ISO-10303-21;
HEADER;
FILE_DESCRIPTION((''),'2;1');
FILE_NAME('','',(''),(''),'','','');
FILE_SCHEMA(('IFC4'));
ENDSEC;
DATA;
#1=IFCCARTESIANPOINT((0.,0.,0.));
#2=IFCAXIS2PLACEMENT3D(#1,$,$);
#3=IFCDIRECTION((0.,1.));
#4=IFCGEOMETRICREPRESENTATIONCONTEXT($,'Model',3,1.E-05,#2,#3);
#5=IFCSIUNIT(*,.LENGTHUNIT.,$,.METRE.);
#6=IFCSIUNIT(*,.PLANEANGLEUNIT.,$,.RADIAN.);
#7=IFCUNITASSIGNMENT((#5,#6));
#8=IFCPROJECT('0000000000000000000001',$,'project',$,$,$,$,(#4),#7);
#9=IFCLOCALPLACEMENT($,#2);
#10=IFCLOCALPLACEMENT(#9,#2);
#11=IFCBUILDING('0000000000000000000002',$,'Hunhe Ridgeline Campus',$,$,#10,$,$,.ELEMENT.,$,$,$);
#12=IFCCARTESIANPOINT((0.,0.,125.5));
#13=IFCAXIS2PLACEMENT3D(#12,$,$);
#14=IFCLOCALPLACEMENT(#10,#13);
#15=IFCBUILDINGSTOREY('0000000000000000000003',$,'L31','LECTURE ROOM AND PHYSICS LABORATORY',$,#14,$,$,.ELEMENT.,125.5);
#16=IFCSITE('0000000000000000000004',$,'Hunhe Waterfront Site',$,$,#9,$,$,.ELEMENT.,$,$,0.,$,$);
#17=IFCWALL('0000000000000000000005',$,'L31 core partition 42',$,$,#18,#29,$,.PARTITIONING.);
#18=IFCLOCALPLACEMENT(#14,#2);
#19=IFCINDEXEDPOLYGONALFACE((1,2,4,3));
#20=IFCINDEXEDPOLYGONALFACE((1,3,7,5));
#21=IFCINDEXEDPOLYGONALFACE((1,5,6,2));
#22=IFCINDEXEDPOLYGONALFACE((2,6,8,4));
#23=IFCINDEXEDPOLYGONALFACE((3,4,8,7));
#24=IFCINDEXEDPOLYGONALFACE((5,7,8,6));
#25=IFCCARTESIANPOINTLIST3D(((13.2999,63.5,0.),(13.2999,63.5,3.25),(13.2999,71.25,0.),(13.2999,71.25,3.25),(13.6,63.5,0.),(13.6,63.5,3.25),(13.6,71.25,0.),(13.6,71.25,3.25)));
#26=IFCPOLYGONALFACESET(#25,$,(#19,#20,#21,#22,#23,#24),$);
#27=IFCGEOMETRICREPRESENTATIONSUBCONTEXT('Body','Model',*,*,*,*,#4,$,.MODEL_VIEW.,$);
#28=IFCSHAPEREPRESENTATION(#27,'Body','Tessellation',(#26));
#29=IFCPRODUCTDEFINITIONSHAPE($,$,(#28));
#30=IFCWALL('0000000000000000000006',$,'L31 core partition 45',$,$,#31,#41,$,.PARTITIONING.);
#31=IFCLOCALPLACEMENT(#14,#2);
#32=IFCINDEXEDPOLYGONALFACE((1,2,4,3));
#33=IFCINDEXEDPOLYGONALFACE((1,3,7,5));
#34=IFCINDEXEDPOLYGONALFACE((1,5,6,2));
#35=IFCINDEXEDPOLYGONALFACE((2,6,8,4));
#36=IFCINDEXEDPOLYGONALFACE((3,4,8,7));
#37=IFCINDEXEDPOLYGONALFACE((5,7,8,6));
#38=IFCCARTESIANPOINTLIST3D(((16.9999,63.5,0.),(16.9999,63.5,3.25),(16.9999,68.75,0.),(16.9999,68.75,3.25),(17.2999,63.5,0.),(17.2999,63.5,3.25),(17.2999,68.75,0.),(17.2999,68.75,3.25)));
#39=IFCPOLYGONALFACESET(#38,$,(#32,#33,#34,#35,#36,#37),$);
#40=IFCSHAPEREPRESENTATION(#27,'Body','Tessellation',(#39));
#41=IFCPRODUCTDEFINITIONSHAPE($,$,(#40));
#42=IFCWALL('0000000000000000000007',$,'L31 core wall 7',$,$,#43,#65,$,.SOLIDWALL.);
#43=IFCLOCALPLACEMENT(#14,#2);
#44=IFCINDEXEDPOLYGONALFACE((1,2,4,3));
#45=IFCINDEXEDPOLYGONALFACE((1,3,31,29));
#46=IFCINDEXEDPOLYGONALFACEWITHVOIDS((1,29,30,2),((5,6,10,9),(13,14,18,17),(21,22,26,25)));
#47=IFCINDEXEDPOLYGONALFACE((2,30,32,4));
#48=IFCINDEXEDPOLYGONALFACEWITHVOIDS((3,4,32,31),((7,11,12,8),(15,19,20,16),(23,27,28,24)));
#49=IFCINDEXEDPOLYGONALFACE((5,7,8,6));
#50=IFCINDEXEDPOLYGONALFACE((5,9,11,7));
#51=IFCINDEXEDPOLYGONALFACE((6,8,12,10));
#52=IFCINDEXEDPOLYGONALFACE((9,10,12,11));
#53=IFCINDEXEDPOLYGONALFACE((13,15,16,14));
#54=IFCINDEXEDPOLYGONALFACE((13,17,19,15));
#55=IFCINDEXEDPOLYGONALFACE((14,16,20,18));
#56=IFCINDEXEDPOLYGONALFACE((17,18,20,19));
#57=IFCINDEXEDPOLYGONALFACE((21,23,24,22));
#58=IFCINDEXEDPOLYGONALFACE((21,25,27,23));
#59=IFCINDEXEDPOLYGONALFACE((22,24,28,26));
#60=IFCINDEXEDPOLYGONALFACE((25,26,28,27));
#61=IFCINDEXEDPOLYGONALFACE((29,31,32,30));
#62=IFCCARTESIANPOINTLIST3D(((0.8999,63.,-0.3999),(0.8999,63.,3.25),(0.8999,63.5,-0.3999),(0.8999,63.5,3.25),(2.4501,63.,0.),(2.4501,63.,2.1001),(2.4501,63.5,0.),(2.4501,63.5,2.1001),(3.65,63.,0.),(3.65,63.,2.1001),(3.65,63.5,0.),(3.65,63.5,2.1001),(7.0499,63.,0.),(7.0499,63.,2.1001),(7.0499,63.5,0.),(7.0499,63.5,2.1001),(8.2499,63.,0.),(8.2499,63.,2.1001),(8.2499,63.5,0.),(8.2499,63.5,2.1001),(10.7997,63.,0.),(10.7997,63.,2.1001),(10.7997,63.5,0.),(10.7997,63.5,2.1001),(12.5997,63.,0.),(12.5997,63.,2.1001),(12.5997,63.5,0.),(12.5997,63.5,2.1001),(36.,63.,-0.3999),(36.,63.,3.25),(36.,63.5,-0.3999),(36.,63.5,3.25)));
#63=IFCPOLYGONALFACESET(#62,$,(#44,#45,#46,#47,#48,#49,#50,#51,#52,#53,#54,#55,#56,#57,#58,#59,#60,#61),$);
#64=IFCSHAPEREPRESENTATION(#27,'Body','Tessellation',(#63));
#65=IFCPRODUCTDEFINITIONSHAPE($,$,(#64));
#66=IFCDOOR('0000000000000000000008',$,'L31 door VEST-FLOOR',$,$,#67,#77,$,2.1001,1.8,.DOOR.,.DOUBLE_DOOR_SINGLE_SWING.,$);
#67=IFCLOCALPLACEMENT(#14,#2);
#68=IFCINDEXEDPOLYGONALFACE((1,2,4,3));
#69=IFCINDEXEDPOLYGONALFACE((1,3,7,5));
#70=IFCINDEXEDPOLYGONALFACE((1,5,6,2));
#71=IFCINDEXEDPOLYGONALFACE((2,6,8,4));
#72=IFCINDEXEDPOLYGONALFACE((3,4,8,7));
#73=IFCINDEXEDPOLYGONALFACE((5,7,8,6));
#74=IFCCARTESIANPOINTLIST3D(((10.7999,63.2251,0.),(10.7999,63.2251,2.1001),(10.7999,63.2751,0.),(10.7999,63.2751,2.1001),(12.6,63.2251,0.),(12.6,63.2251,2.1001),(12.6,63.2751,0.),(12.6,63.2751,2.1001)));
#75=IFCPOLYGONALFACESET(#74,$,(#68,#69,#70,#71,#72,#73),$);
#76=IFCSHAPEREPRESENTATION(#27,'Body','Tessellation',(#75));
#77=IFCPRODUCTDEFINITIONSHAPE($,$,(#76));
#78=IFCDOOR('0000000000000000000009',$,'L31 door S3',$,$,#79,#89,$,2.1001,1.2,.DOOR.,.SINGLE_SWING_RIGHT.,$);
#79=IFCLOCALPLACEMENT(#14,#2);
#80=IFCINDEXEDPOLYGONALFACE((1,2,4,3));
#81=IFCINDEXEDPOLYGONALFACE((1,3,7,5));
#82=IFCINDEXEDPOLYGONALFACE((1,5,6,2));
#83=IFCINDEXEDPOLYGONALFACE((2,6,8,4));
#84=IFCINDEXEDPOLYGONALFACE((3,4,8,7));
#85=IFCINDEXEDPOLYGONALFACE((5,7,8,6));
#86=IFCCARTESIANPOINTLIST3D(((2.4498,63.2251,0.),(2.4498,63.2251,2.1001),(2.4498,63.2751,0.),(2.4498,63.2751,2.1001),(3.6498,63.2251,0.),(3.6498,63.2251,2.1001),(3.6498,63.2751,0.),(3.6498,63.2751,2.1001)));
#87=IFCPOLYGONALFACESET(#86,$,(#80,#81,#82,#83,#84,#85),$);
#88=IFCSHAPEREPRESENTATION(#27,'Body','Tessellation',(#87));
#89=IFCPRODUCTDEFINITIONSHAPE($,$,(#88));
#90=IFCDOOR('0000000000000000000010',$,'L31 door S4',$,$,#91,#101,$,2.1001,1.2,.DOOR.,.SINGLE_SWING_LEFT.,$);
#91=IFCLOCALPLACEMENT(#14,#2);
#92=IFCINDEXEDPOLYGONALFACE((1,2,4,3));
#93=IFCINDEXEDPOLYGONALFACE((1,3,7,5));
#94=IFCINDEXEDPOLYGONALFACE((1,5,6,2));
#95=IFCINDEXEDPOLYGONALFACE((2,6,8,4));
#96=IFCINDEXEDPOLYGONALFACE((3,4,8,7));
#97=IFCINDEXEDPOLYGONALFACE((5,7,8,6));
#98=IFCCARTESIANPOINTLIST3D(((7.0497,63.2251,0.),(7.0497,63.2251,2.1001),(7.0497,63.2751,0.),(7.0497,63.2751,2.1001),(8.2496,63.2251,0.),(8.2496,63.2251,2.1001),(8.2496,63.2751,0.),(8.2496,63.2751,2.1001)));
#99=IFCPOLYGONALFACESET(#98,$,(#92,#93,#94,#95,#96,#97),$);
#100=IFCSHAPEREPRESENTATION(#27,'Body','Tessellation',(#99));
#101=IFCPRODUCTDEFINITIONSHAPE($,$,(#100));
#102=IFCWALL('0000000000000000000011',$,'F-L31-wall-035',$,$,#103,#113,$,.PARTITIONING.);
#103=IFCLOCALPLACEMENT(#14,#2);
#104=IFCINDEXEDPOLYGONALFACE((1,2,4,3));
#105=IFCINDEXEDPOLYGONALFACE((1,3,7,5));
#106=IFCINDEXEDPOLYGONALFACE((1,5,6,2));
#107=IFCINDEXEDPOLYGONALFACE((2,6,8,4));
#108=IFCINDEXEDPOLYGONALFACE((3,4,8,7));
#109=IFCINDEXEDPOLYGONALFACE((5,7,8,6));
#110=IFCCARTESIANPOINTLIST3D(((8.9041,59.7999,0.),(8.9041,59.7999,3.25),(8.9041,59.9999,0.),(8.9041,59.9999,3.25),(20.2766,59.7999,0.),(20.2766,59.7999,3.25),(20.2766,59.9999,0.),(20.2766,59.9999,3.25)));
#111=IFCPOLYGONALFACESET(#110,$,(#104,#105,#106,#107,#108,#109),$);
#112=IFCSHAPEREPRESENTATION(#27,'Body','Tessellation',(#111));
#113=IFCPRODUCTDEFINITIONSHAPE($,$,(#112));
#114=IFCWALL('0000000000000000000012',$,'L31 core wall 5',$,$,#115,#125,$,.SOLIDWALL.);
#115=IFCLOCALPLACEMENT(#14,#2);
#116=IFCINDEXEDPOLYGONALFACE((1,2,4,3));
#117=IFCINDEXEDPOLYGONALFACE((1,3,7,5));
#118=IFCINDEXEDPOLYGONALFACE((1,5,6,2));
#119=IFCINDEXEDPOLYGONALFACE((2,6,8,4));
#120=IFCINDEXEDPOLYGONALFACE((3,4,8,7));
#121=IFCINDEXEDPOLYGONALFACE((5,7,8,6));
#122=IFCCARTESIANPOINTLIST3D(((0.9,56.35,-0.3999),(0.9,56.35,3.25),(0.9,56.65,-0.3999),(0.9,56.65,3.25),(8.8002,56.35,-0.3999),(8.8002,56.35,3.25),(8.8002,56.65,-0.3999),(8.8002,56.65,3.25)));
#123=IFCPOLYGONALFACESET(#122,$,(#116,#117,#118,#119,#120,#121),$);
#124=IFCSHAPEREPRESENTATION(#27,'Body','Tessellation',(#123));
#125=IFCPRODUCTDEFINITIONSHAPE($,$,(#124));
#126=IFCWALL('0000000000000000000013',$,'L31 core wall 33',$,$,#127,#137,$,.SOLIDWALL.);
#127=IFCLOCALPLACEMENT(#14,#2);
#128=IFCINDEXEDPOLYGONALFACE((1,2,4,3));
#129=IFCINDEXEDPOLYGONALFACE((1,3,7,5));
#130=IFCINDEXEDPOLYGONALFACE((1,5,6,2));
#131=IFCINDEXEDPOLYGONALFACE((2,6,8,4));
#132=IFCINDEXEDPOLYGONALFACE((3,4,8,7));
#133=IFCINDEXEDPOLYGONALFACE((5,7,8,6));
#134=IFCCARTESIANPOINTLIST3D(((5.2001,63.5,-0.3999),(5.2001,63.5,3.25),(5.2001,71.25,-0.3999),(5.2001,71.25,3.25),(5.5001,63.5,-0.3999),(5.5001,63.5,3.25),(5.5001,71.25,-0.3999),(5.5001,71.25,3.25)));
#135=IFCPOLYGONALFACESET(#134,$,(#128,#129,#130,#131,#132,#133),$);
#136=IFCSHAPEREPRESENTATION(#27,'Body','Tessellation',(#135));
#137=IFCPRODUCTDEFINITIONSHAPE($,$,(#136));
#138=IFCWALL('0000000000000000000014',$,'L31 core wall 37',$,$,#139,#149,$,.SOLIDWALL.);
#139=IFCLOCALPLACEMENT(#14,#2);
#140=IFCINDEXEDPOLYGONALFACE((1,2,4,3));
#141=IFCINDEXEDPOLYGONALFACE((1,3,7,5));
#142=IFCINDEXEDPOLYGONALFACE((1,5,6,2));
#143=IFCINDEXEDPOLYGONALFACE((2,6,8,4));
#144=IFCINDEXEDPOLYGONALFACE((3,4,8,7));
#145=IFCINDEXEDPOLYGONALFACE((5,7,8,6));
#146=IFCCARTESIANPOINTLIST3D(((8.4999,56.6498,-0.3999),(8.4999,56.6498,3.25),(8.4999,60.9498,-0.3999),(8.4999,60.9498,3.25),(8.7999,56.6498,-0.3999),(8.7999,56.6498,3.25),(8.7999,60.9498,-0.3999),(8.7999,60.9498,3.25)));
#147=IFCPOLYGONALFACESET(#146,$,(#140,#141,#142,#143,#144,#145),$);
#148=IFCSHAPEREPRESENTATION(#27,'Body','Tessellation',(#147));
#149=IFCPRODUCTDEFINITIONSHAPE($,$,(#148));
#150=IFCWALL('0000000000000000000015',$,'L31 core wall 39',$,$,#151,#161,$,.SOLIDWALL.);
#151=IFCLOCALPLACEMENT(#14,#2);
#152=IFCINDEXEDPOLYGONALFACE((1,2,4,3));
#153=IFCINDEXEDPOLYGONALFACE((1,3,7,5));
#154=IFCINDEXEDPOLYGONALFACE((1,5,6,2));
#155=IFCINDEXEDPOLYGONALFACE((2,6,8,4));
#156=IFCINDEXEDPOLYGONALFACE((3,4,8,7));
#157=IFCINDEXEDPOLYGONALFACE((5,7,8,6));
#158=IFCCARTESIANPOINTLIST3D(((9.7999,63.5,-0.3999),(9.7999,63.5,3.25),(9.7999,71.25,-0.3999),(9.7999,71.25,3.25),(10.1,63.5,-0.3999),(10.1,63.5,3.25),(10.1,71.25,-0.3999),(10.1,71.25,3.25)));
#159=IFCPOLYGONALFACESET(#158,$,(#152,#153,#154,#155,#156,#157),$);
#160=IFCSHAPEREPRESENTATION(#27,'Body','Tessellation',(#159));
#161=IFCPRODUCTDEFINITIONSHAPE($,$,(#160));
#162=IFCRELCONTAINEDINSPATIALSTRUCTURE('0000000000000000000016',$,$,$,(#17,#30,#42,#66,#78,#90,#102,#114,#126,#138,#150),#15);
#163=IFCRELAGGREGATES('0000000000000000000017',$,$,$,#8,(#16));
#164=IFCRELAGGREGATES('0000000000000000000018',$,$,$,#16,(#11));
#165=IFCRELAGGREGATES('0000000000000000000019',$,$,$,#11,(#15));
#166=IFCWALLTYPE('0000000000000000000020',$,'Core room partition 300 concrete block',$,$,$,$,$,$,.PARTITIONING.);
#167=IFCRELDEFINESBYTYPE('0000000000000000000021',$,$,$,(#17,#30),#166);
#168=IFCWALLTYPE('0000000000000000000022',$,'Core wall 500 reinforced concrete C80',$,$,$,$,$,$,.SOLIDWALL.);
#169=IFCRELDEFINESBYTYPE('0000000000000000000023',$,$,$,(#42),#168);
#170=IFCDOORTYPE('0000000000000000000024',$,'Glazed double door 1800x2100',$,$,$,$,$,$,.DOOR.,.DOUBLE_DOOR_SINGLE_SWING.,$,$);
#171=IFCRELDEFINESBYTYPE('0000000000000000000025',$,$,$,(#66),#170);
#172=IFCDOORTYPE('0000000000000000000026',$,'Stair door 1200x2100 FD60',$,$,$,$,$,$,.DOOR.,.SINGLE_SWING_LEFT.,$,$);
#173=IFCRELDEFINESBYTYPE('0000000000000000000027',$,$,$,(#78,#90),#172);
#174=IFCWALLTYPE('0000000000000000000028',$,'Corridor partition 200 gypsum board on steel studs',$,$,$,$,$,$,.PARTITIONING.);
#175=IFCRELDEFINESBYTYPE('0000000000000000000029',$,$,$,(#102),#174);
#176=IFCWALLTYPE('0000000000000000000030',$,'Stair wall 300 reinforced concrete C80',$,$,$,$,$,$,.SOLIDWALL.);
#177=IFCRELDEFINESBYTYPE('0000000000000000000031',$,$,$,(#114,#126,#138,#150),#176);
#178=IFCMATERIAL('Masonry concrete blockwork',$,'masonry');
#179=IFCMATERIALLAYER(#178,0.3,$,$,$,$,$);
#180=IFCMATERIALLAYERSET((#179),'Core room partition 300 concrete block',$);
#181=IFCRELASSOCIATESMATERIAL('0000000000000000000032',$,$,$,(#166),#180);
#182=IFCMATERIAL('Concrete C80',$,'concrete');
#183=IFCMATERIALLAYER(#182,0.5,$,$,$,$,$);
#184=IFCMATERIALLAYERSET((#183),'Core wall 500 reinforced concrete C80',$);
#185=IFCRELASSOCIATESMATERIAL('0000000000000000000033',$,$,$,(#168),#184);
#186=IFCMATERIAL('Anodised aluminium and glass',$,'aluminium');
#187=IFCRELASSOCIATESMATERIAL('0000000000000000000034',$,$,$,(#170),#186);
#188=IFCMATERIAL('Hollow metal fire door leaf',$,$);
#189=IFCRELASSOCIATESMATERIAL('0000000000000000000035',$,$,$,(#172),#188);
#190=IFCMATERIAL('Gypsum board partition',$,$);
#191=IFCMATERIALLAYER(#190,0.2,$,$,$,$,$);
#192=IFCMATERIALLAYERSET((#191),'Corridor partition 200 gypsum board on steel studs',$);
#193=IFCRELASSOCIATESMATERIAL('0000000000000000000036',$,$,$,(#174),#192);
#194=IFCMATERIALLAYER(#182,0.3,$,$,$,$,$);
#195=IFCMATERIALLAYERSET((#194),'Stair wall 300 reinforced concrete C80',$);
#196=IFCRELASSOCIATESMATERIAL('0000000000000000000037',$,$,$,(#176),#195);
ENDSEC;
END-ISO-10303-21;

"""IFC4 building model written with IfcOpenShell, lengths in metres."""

from ifc_helpers import new_model, si_unit, direction, frame, frame_2d, origin, place, context, subcontext, project, spatial, rectangle, extrude, material, layer, layer_set, type_object, element, fill, save


model = new_model("IFC4")

# Units and contexts
model_context = context("Model", 3, precision=1e-05, world=origin(), true_north=direction((0.0, 1.0)))
body_context = subcontext(model_context, "Body", "Model", "MODEL_VIEW")
ifc_project = project(units=[si_unit("LENGTHUNIT", "METRE"), si_unit("PLANEANGLEUNIT", "RADIAN")], contexts=[model_context])

# Site, building, storey
site_placement = place(None, origin())
site = spatial("IfcSite", under=ifc_project, at=site_placement, Name="Hunhe Waterfront Site", CompositionType="ELEMENT", RefElevation=0.0)
building_placement = place(site_placement, origin())
building = spatial("IfcBuilding", under=site, at=building_placement, Name="Hunhe Ridgeline Campus", CompositionType="ELEMENT")
storey_placement = place(building_placement, frame((0.0, 0.0, 125.5)))
storey = spatial("IfcBuildingStorey", under=building, at=storey_placement, Name="L31", Description="LECTURE ROOM AND PHYSICS LABORATORY", CompositionType="ELEMENT", Elevation=125.5)

# Walls
ifc_material_1 = material(Name="Masonry concrete blockwork", Category="masonry")
ifc_layer_1 = layer(ifc_material_1, 0.3)
ifc_layer_set_1 = layer_set([ifc_layer_1], Name="Core room partition 300 concrete block")
wall_type_1 = type_object("IfcWallType", Name="Core room partition 300 concrete block", PredefinedType="PARTITIONING", material=ifc_layer_set_1)
wall_1_placement = place(storey_placement, frame((13.45, 63.5, 0.0), z_axis=(0.0, 0.0, 1.0), x_axis=(0.0, 1.0, 0.0)))
element("IfcWall", 1, at=wall_1_placement, inside=storey, type_object=wall_type_1, Name="L31 core partition 42", PredefinedType="PARTITIONING", context=body_context, shape_type="SweptSolid", body=[
    extrude(rectangle(XDim=7.75, YDim=0.3, at=frame_2d((3.875, 0.0))), origin(), (0.0, 0.0, 1.0), 3.25),
])
wall_2_placement = place(storey_placement, frame((17.1499, 63.5, 0.0), z_axis=(0.0, 0.0, 1.0), x_axis=(0.0, 1.0, 0.0)))
element("IfcWall", 2, at=wall_2_placement, inside=storey, type_object=wall_type_1, Name="L31 core partition 45", PredefinedType="PARTITIONING", context=body_context, shape_type="SweptSolid", body=[
    extrude(rectangle(XDim=5.25, YDim=0.3, at=frame_2d((2.625, 0.0))), origin(), (0.0, 0.0, 1.0), 3.25),
])

# Wall, openings, doors
ifc_material_2 = material(Name="Concrete C80", Category="concrete")
ifc_layer_2 = layer(ifc_material_2, 0.5)
ifc_layer_set_2 = layer_set([ifc_layer_2], Name="Core wall 500 reinforced concrete C80")
wall_type_2 = type_object("IfcWallType", Name="Core wall 500 reinforced concrete C80", PredefinedType="SOLIDWALL", material=ifc_layer_set_2)
wall_3_placement = place(storey_placement, frame((0.8999, 63.25, -0.3999), z_axis=(0.0, 0.0, 1.0), x_axis=(1.0, 0.0, 0.0)))
wall_3 = element("IfcWall", 3, at=wall_3_placement, inside=storey, type_object=wall_type_2, Name="L31 core wall 7", PredefinedType="SOLIDWALL", context=body_context, shape_type="SweptSolid", body=[
    extrude(rectangle(XDim=35.1001, YDim=0.5, at=frame_2d((17.55, 0.0))), origin(), (0.0, 0.0, 1.0), 3.6499),
])
opening_1_placement = place(wall_3_placement, frame((9.8999, 0.0, 0.3999)))
opening_1 = element("IfcOpeningElement", 4, at=opening_1_placement, cuts=wall_3, PredefinedType="OPENING", context=body_context, shape_type="SweptSolid", body=[
    extrude(rectangle(XDim=1.8, YDim=2.1001, at=frame_2d((0.8999, 1.05))), frame((0.0, 0.25, 0.0), z_axis=(0.0, -1.0, 0.0), x_axis=(1.0, 0.0, 0.0)), (0.0, 0.0, 1.0), 0.5),
])
opening_2_placement = place(wall_3_placement, frame((1.55, 0.0, 0.3999)))
opening_2 = element("IfcOpeningElement", 5, at=opening_2_placement, cuts=wall_3, PredefinedType="OPENING", context=body_context, shape_type="SweptSolid", body=[
    extrude(rectangle(XDim=1.2, YDim=2.1001, at=frame_2d((0.6001, 1.05))), frame((0.0, 0.25, 0.0), z_axis=(0.0, -1.0, 0.0), x_axis=(1.0, 0.0, 0.0)), (0.0, 0.0, 1.0), 0.5),
])
opening_3_placement = place(wall_3_placement, frame((6.1499, 0.0, 0.3999)))
opening_3 = element("IfcOpeningElement", 6, at=opening_3_placement, cuts=wall_3, PredefinedType="OPENING", context=body_context, shape_type="SweptSolid", body=[
    extrude(rectangle(XDim=1.2, YDim=2.1001, at=frame_2d((0.6001, 1.05))), frame((0.0, 0.25, 0.0), z_axis=(0.0, -1.0, 0.0), x_axis=(1.0, 0.0, 0.0)), (0.0, 0.0, 1.0), 0.5),
])
ifc_material_3 = material(Name="Anodised aluminium and glass", Category="aluminium")
door_type_1 = type_object("IfcDoorType", Name="Glazed double door 1800x2100", OperationType="DOUBLE_DOOR_SINGLE_SWING", PredefinedType="DOOR", material=ifc_material_3)
door_1_placement = place(opening_1_placement, frame((1.8, 0.0, 0.0), z_axis=(0.0, 0.0, 1.0), x_axis=(-1.0, 0.0, 0.0)))
door_1 = element("IfcDoor", 7, at=door_1_placement, inside=storey, type_object=door_type_1, Name="L31 door VEST-FLOOR", OperationType="DOUBLE_DOOR_SINGLE_SWING", OverallHeight=2.1001, OverallWidth=1.8, PredefinedType="DOOR", context=body_context, shape_type="SweptSolid", body=[
    extrude(rectangle(XDim=1.8, YDim=2.1001, at=frame_2d((0.8999, 1.05))), frame((0.0, 0.0249, 0.0), z_axis=(0.0, -1.0, 0.0), x_axis=(1.0, 0.0, 0.0)), (0.0, 0.0, 1.0), 0.05),
])
fill(opening_1, door_1)
ifc_material_4 = material(Name="Hollow metal fire door leaf")
door_type_2 = type_object("IfcDoorType", Name="Stair door 1200x2100 FD60", OperationType="SINGLE_SWING_LEFT", PredefinedType="DOOR", material=ifc_material_4)
door_2_placement = place(opening_2_placement, frame((1.2, 0.0, 0.0), z_axis=(0.0, 0.0, 1.0), x_axis=(-1.0, 0.0, 0.0)))
door_2 = element("IfcDoor", 8, at=door_2_placement, inside=storey, type_object=door_type_2, Name="L31 door S3", OperationType="SINGLE_SWING_RIGHT", OverallHeight=2.1001, OverallWidth=1.2, PredefinedType="DOOR", context=body_context, shape_type="SweptSolid", body=[
    extrude(rectangle(XDim=1.2, YDim=2.1001, at=frame_2d((0.6001, 1.05))), frame((0.0, 0.0249, 0.0), z_axis=(0.0, -1.0, 0.0), x_axis=(1.0, 0.0, 0.0)), (0.0, 0.0, 1.0), 0.05),
])
fill(opening_2, door_2)
door_3_placement = place(opening_3_placement, frame((1.2, 0.0, 0.0), z_axis=(0.0, 0.0, 1.0), x_axis=(-1.0, 0.0, 0.0)))
door_3 = element("IfcDoor", 9, at=door_3_placement, inside=storey, type_object=door_type_2, Name="L31 door S4", OperationType="SINGLE_SWING_LEFT", OverallHeight=2.1001, OverallWidth=1.2, PredefinedType="DOOR", context=body_context, shape_type="SweptSolid", body=[
    extrude(rectangle(XDim=1.2, YDim=2.1001, at=frame_2d((0.6001, 1.05))), frame((0.0, 0.0249, 0.0), z_axis=(0.0, -1.0, 0.0), x_axis=(1.0, 0.0, 0.0)), (0.0, 0.0, 1.0), 0.05),
])
fill(opening_3, door_3)

# Walls
ifc_material_5 = material(Name="Gypsum board partition")
ifc_layer_3 = layer(ifc_material_5, 0.2)
ifc_layer_set_3 = layer_set([ifc_layer_3], Name="Corridor partition 200 gypsum board on steel studs")
wall_type_3 = type_object("IfcWallType", Name="Corridor partition 200 gypsum board on steel studs", PredefinedType="PARTITIONING", material=ifc_layer_set_3)
wall_4_placement = place(storey_placement, frame((20.2766, 59.8999, 0.0), z_axis=(0.0, 0.0, 1.0), x_axis=(-1.0, 0.0, 0.0)))
element("IfcWall", 10, at=wall_4_placement, inside=storey, type_object=wall_type_3, Name="F-L31-wall-035", PredefinedType="PARTITIONING", context=body_context, shape_type="SweptSolid", body=[
    extrude(rectangle(XDim=11.3726, YDim=0.2, at=frame_2d((5.6863, 0.0))), origin(), (0.0, 0.0, 1.0), 3.25),
])
ifc_layer_4 = layer(ifc_material_2, 0.3)
ifc_layer_set_4 = layer_set([ifc_layer_4], Name="Stair wall 300 reinforced concrete C80")
wall_type_4 = type_object("IfcWallType", Name="Stair wall 300 reinforced concrete C80", PredefinedType="SOLIDWALL", material=ifc_layer_set_4)
wall_5_placement = place(storey_placement, frame((0.8999, 56.5, -0.3999), z_axis=(0.0, 0.0, 1.0), x_axis=(1.0, 0.0, 0.0)))
element("IfcWall", 11, at=wall_5_placement, inside=storey, type_object=wall_type_4, Name="L31 core wall 5", PredefinedType="SOLIDWALL", context=body_context, shape_type="SweptSolid", body=[
    extrude(rectangle(XDim=7.9001, YDim=0.3, at=frame_2d((3.9502, 0.0))), origin(), (0.0, 0.0, 1.0), 3.6499),
])

# Walls
wall_6_placement = place(storey_placement, frame((5.3501, 63.5, -0.3999), z_axis=(0.0, 0.0, 1.0), x_axis=(0.0, 1.0, 0.0)))
element("IfcWall", 12, at=wall_6_placement, inside=storey, type_object=wall_type_4, Name="L31 core wall 33", PredefinedType="SOLIDWALL", context=body_context, shape_type="SweptSolid", body=[
    extrude(rectangle(XDim=7.75, YDim=0.3, at=frame_2d((3.875, 0.0))), origin(), (0.0, 0.0, 1.0), 3.6499),
])
wall_7_placement = place(storey_placement, frame((8.6499, 56.6499, -0.3999), z_axis=(0.0, 0.0, 1.0), x_axis=(0.0, 1.0, 0.0)))
element("IfcWall", 13, at=wall_7_placement, inside=storey, type_object=wall_type_4, Name="L31 core wall 37", PredefinedType="SOLIDWALL", context=body_context, shape_type="SweptSolid", body=[
    extrude(rectangle(XDim=4.3, YDim=0.3, at=frame_2d((2.1499, 0.0))), origin(), (0.0, 0.0, 1.0), 3.6499),
])
wall_8_placement = place(storey_placement, frame((9.95, 63.5, -0.3999), z_axis=(0.0, 0.0, 1.0), x_axis=(0.0, 1.0, 0.0)))
element("IfcWall", 14, at=wall_8_placement, inside=storey, type_object=wall_type_4, Name="L31 core wall 39", PredefinedType="SOLIDWALL", context=body_context, shape_type="SweptSolid", body=[
    extrude(rectangle(XDim=7.75, YDim=0.3, at=frame_2d((3.875, 0.0))), origin(), (0.0, 0.0, 1.0), 3.6499),
])

save(model, "model.ifc")
